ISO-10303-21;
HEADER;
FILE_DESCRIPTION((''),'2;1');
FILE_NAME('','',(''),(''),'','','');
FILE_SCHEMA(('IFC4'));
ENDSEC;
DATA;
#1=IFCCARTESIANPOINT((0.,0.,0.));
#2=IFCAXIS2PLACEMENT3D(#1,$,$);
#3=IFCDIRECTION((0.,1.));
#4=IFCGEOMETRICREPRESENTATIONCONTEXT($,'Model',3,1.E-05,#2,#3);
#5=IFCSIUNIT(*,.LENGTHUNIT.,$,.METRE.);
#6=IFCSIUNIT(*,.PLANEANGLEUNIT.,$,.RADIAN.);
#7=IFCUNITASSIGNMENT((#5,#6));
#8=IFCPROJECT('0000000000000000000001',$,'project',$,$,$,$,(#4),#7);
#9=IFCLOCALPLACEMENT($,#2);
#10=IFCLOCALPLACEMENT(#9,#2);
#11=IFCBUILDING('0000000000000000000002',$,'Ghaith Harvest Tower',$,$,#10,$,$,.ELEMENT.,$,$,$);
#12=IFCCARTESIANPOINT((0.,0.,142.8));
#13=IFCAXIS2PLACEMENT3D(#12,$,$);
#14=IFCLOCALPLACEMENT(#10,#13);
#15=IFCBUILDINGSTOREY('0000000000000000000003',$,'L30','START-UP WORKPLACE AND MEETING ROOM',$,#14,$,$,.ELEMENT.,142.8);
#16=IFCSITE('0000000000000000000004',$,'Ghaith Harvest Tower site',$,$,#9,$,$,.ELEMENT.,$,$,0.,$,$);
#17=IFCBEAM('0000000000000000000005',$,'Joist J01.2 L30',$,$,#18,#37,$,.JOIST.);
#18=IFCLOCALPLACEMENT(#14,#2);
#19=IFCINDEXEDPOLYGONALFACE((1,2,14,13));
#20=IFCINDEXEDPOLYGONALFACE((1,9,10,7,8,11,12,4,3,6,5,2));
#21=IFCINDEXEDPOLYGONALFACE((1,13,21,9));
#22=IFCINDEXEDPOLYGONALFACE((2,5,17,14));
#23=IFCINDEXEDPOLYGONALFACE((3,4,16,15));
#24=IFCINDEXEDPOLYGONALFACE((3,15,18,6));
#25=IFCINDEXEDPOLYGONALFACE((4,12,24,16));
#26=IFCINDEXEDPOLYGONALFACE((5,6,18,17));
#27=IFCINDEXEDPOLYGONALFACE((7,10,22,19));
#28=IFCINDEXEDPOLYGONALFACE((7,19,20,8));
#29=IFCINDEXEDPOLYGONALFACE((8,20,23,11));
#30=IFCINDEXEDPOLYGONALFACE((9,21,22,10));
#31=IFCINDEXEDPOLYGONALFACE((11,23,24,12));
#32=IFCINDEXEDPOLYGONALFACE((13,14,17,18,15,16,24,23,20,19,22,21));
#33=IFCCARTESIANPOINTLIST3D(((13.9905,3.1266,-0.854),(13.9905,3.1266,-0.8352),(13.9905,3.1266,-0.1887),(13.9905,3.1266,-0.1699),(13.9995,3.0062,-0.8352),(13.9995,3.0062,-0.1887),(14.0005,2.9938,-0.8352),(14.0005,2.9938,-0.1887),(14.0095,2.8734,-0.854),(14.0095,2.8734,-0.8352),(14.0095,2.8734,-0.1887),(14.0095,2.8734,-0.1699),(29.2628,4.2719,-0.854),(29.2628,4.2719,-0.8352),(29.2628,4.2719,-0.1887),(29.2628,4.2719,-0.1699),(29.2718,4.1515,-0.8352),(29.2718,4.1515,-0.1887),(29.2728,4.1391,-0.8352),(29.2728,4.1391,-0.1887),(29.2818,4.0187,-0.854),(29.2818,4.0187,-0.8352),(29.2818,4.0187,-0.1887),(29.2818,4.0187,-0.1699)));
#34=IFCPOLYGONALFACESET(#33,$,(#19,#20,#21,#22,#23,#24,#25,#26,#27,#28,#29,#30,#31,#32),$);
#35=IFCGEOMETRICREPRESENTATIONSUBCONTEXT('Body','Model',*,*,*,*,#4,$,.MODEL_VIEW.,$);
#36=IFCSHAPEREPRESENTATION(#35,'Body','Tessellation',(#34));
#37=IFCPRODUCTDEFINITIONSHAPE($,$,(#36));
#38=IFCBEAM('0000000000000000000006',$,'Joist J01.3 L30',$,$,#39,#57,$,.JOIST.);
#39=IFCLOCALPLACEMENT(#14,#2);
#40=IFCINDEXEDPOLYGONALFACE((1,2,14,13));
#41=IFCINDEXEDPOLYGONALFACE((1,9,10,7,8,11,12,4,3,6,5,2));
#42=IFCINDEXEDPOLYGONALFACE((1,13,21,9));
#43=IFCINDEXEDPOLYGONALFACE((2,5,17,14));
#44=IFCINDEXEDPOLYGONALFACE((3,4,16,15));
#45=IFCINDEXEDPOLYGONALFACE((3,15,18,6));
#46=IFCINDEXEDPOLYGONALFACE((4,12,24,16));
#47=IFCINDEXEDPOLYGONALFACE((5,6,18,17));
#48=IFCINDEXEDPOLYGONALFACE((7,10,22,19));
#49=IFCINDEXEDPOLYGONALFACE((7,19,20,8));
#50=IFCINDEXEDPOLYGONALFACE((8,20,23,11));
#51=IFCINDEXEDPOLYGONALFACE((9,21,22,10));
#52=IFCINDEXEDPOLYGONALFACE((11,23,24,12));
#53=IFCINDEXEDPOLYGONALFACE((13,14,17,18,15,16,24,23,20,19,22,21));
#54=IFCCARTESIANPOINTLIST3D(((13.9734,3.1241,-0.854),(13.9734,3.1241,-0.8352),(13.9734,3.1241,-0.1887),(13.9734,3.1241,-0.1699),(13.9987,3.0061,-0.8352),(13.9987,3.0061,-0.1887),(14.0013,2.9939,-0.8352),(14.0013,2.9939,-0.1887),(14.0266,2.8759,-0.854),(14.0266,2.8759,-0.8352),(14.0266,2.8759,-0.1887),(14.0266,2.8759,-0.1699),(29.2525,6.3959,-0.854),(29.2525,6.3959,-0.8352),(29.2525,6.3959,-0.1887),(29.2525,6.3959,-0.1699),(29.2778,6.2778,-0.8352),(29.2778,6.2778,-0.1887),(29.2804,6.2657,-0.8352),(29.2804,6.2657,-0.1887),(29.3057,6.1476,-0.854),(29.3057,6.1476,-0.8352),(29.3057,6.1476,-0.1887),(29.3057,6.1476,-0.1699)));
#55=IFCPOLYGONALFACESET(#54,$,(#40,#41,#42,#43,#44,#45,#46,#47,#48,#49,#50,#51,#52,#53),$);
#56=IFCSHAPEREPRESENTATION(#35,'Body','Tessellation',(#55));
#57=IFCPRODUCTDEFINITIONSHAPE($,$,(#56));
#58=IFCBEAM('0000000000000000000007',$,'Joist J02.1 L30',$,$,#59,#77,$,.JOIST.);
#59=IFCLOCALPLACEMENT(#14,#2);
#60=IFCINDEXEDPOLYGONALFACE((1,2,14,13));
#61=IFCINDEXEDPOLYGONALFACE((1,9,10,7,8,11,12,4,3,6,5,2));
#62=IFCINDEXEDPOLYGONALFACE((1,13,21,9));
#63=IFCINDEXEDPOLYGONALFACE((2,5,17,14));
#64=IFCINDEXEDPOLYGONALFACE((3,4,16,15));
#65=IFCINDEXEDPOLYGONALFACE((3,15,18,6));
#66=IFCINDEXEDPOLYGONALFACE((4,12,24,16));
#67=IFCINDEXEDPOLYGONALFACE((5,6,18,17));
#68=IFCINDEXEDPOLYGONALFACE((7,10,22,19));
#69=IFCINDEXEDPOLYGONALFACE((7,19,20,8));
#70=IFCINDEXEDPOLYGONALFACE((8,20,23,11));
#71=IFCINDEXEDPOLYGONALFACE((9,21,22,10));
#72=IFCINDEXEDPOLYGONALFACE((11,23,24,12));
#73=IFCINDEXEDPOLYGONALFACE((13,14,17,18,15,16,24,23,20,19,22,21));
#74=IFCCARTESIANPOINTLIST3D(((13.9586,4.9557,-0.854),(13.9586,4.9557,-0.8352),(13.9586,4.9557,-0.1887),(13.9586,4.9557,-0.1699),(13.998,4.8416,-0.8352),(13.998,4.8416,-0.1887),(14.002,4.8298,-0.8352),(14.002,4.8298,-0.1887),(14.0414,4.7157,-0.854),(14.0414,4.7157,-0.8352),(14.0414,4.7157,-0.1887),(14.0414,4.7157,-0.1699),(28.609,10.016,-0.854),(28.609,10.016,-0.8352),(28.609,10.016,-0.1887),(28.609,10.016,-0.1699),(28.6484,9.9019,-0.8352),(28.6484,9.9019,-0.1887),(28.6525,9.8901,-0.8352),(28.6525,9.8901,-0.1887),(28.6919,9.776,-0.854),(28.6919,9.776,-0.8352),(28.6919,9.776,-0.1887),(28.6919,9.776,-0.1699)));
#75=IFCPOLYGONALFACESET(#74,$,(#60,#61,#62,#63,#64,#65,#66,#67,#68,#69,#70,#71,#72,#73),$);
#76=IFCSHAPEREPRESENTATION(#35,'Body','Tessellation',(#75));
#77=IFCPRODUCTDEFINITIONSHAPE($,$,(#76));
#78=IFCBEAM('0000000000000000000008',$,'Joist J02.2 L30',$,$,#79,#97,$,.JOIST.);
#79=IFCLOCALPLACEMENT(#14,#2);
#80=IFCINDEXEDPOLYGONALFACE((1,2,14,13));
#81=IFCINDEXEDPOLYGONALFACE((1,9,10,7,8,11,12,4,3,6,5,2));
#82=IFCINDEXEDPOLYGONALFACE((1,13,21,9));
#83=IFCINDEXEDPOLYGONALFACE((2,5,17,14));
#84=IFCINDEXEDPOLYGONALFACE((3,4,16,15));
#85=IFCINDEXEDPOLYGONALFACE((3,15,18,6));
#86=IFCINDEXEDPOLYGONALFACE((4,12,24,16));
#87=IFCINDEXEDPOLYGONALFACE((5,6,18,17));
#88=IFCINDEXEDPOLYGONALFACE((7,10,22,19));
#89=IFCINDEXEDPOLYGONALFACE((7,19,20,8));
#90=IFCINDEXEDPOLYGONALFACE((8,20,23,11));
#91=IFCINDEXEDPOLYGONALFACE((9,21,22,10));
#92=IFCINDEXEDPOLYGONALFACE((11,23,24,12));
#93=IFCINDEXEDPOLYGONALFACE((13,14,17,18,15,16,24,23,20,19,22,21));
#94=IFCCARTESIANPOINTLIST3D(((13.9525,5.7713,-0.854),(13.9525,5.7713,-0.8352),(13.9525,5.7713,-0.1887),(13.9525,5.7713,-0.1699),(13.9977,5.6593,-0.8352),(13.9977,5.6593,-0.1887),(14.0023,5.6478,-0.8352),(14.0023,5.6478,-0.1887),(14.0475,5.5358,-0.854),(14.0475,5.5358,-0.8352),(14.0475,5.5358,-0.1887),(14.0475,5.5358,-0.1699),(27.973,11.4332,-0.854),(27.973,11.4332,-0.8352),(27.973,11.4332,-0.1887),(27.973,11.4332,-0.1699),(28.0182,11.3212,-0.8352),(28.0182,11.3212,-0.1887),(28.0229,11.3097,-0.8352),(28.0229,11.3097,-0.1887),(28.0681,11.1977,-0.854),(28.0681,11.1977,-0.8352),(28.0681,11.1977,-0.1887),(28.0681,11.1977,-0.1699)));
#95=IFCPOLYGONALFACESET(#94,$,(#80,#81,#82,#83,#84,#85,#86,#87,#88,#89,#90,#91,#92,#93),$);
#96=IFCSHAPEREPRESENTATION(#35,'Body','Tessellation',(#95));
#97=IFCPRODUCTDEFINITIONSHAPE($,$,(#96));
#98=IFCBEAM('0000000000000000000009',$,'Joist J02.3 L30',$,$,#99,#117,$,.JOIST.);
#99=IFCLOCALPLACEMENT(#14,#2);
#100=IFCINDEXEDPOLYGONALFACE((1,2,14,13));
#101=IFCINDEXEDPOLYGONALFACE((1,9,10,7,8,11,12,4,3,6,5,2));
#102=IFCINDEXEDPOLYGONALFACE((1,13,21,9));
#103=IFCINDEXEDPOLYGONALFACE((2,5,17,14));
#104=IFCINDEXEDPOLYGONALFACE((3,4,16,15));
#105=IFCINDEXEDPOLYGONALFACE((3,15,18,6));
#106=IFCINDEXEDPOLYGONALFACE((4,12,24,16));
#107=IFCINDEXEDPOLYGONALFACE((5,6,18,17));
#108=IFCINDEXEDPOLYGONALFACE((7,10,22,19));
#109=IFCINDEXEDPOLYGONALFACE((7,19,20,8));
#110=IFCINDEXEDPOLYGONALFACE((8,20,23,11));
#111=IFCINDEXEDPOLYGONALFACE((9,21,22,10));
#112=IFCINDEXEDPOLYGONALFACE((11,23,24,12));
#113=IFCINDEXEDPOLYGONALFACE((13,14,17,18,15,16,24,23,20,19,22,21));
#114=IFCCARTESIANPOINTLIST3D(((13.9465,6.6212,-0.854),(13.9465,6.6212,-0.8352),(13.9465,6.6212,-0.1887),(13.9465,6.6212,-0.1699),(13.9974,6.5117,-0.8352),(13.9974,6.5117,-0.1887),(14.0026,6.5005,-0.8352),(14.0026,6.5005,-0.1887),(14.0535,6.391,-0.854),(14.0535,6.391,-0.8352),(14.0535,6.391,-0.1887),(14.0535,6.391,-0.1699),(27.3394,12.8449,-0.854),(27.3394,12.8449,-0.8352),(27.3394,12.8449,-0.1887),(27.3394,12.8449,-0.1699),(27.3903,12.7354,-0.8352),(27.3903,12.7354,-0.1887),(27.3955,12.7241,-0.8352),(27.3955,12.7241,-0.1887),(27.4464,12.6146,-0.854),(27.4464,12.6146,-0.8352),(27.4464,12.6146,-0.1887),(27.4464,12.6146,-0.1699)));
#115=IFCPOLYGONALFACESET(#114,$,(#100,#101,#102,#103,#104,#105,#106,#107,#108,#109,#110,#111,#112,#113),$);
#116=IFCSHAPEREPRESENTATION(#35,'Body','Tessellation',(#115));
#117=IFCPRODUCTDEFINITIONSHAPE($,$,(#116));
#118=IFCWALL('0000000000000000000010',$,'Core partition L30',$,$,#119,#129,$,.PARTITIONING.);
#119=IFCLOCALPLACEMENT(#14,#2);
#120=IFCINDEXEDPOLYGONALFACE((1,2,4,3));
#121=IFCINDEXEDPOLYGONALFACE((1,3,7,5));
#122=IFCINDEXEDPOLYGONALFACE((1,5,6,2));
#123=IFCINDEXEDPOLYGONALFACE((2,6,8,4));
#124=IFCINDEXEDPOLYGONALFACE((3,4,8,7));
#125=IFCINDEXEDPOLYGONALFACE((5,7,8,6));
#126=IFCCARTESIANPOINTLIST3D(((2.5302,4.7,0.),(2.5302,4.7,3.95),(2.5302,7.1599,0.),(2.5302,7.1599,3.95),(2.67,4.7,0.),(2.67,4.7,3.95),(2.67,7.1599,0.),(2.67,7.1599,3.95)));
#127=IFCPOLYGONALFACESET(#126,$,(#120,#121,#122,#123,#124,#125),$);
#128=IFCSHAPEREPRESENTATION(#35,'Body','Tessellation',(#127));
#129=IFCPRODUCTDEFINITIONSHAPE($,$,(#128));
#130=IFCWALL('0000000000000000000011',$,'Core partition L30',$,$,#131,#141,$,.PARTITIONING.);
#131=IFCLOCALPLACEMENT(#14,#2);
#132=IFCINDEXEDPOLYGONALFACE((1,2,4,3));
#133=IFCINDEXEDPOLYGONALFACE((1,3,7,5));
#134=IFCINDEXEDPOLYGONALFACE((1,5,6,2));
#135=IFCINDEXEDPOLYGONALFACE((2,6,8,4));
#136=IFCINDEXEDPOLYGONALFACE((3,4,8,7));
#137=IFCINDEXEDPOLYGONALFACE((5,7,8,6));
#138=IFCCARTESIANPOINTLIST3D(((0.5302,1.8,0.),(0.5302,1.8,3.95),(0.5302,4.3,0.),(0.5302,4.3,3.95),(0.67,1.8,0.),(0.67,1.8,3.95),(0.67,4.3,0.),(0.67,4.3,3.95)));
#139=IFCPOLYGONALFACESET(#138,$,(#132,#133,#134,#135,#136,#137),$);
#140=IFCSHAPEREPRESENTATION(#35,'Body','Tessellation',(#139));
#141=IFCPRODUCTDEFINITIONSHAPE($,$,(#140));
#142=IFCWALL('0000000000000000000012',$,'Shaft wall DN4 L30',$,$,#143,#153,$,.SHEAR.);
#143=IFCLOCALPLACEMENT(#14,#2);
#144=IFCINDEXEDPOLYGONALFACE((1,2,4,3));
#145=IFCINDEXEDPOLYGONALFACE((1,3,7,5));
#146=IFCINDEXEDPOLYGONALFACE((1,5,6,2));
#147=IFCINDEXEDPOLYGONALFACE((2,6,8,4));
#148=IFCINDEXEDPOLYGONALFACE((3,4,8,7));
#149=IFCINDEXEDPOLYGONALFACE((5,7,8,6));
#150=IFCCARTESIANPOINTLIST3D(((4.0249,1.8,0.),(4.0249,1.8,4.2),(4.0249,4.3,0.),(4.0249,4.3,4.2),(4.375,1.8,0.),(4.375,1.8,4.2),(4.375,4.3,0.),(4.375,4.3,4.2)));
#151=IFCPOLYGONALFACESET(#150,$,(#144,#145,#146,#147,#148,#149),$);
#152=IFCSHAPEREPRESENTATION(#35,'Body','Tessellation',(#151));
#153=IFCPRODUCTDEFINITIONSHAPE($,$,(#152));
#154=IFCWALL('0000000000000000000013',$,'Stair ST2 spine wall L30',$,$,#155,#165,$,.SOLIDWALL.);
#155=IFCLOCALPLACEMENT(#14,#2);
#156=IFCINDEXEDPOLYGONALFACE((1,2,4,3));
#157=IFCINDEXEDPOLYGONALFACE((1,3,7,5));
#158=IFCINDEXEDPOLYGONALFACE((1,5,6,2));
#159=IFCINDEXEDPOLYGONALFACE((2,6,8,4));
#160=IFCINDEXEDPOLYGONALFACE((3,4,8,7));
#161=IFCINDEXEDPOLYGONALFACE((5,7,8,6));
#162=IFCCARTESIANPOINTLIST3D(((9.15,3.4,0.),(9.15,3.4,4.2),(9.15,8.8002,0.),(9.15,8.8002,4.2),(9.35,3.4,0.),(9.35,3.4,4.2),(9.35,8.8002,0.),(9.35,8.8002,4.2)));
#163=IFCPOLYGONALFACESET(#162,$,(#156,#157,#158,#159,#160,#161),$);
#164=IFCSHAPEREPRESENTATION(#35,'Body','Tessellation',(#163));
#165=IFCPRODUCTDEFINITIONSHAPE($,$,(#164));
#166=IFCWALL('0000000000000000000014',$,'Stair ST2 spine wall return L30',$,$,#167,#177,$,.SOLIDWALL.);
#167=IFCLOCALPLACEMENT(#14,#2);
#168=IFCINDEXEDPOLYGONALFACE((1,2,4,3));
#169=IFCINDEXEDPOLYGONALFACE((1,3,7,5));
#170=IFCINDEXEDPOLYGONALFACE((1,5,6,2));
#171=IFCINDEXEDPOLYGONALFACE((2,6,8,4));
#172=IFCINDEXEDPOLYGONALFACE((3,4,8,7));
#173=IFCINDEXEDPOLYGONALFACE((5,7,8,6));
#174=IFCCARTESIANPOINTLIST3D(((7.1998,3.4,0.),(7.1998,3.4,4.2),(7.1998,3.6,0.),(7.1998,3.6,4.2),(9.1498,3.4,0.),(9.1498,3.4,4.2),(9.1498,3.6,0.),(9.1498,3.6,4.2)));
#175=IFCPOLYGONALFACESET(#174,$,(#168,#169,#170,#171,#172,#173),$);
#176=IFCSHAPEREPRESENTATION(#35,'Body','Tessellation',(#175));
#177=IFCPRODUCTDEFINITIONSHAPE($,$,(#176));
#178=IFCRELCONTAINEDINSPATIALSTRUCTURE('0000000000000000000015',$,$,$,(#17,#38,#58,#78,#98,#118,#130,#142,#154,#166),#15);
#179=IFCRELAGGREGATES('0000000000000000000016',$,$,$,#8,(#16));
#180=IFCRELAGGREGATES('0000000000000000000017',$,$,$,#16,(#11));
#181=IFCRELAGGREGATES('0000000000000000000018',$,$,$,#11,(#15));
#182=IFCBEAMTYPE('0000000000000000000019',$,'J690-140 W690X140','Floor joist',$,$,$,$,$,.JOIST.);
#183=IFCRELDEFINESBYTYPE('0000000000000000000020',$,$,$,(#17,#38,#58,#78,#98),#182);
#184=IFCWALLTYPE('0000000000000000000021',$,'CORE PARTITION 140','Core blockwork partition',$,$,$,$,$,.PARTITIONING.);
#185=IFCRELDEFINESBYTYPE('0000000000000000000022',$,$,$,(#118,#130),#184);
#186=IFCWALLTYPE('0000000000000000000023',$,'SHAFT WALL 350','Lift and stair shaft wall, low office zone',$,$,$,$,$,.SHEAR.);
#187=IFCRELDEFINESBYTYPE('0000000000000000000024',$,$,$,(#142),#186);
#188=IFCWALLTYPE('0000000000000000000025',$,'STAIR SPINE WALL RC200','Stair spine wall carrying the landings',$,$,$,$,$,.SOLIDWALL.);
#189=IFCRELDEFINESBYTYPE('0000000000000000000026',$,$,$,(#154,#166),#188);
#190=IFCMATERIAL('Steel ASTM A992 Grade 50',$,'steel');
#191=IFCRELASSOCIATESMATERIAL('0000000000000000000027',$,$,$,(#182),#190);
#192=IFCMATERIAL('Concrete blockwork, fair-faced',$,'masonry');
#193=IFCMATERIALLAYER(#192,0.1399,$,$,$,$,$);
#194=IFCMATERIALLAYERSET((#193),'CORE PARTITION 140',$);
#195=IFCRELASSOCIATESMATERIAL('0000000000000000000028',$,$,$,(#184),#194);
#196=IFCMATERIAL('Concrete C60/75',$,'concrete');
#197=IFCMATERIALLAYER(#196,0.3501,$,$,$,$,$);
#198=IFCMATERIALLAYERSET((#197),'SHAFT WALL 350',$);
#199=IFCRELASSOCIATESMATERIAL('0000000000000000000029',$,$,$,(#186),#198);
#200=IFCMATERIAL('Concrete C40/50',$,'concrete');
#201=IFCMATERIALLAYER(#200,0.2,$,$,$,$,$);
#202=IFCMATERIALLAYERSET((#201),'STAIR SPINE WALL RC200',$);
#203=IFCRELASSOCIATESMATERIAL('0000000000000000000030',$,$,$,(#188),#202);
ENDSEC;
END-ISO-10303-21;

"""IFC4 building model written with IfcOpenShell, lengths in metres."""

from ifc_helpers import new_model, si_unit, direction, frame, frame_2d, origin, origin_2d, place, context, subcontext, project, spatial, rectangle, i_section, extrude, material, layer, layer_set, material_profile, profile_set, type_object, element, save


model = new_model("IFC4")

# Units and contexts
model_context = context("Model", 3, precision=1e-05, world=origin(), true_north=direction((0.0, 1.0)))
body_context = subcontext(model_context, "Body", "Model", "MODEL_VIEW")
ifc_project = project(units=[si_unit("LENGTHUNIT", "METRE"), si_unit("PLANEANGLEUNIT", "RADIAN")], contexts=[model_context])

# Site, building, storey
site_placement = place(None, origin())
site = spatial("IfcSite", under=ifc_project, at=site_placement, Name="Ghaith Harvest Tower site", CompositionType="ELEMENT", RefElevation=0.0)
building_placement = place(site_placement, origin())
building = spatial("IfcBuilding", under=site, at=building_placement, Name="Ghaith Harvest Tower", CompositionType="ELEMENT")
storey_placement = place(building_placement, frame((0.0, 0.0, 142.8)))
storey = spatial("IfcBuildingStorey", under=building, at=storey_placement, Name="L30", Description="START-UP WORKPLACE AND MEETING ROOM", CompositionType="ELEMENT", Elevation=142.8)

# Beams
ifc_material_1 = material(Name="Steel ASTM A992 Grade 50", Category="steel")
ifc_material_profile_1 = material_profile(ifc_material_1, i_section(OverallWidth=0.2539, OverallDepth=0.6841, WebThickness=0.0125, FlangeThickness=0.0188, at=origin_2d()), Name="W690X140")
ifc_profile_set_1 = profile_set([ifc_material_profile_1], Name="Steel ASTM A992 Grade 50")
beam_type_1 = type_object("IfcBeamType", Name="J690-140 W690X140", Description="Floor joist", PredefinedType="JOIST", material=ifc_profile_set_1)
beam_1_placement = place(storey_placement, frame((14.0, 3.0, -0.512), z_axis=(0.9972, 0.07478, 0.0), x_axis=(-0.07478, 0.9972, 0.0)))
element("IfcBeam", 1, at=beam_1_placement, inside=storey, type_object=beam_type_1, Name="Joist J01.2 L30", PredefinedType="JOIST", context=body_context, shape_type="SweptSolid", body=[
    extrude(i_section(OverallWidth=0.2539, OverallDepth=0.6841, WebThickness=0.0125, FlangeThickness=0.0188, at=origin_2d()), origin(), (0.0, 0.0, 1.0), 15.3152),
])
beam_2_placement = place(storey_placement, frame((14.0, 3.0, -0.512), z_axis=(0.977833, 0.209385, 0.0), x_axis=(-0.209385, 0.977833, 0.0)))
element("IfcBeam", 2, at=beam_2_placement, inside=storey, type_object=beam_type_1, Name="Joist J01.3 L30", PredefinedType="JOIST", context=body_context, shape_type="SweptSolid", body=[
    extrude(i_section(OverallWidth=0.2539, OverallDepth=0.6841, WebThickness=0.0125, FlangeThickness=0.0188, at=origin_2d()), origin(), (0.0, 0.0, 1.0), 15.6255),
])
beam_3_placement = place(storey_placement, frame((14.0, 4.8357, -0.512), z_axis=(0.945205, 0.326478, 0.0), x_axis=(-0.326478, 0.945205, 0.0)))
element("IfcBeam", 3, at=beam_3_placement, inside=storey, type_object=beam_type_1, Name="Joist J02.1 L30", PredefinedType="JOIST", context=body_context, shape_type="SweptSolid", body=[
    extrude(i_section(OverallWidth=0.2539, OverallDepth=0.6841, WebThickness=0.0125, FlangeThickness=0.0188, at=origin_2d()), origin(), (0.0, 0.0, 1.0), 15.4998),
])
beam_4_placement = place(storey_placement, frame((14.0, 5.6536, -0.512), z_axis=(0.927248, 0.374448, 0.0), x_axis=(-0.374448, 0.927248, 0.0)))
element("IfcBeam", 4, at=beam_4_placement, inside=storey, type_object=beam_type_1, Name="Joist J02.2 L30", PredefinedType="JOIST", context=body_context, shape_type="SweptSolid", body=[
    extrude(i_section(OverallWidth=0.2539, OverallDepth=0.6841, WebThickness=0.0125, FlangeThickness=0.0188, at=origin_2d()), origin(), (0.0, 0.0, 1.0), 15.1206),
])
beam_5_placement = place(storey_placement, frame((14.0, 6.5061, -0.512), z_axis=(0.906866, 0.42142, 0.0), x_axis=(-0.42142, 0.906866, 0.0)))
element("IfcBeam", 5, at=beam_5_placement, inside=storey, type_object=beam_type_1, Name="Joist J02.3 L30", PredefinedType="JOIST", context=body_context, shape_type="SweptSolid", body=[
    extrude(i_section(OverallWidth=0.2539, OverallDepth=0.6841, WebThickness=0.0125, FlangeThickness=0.0188, at=origin_2d()), origin(), (0.0, 0.0, 1.0), 14.7683),
])

# Walls
ifc_material_2 = material(Name="Concrete blockwork, fair-faced", Category="masonry")
ifc_layer_1 = layer(ifc_material_2, 0.1399)
ifc_layer_set_1 = layer_set([ifc_layer_1], Name="CORE PARTITION 140")
wall_type_1 = type_object("IfcWallType", Name="CORE PARTITION 140", Description="Core blockwork partition", PredefinedType="PARTITIONING", material=ifc_layer_set_1)
wall_1_placement = place(storey_placement, frame((2.6001, 4.7, 0.0), z_axis=(0.0, 0.0, 1.0), x_axis=(0.0, 1.0, 0.0)))
element("IfcWall", 6, at=wall_1_placement, inside=storey, type_object=wall_type_1, Name="Core partition L30", PredefinedType="PARTITIONING", context=body_context, shape_type="SweptSolid", body=[
    extrude(rectangle(XDim=2.46, YDim=0.1399, at=frame_2d((1.23, 0.0))), origin(), (0.0, 0.0, 1.0), 3.95),
])
wall_2_placement = place(storey_placement, frame((0.6001, 1.8, 0.0), z_axis=(0.0, 0.0, 1.0), x_axis=(0.0, 1.0, 0.0)))
element("IfcWall", 7, at=wall_2_placement, inside=storey, type_object=wall_type_1, Name="Core partition L30", PredefinedType="PARTITIONING", context=body_context, shape_type="SweptSolid", body=[
    extrude(rectangle(XDim=2.5, YDim=0.1399, at=frame_2d((1.25, 0.0))), origin(), (0.0, 0.0, 1.0), 3.95),
])

# Shared definitions
ifc_material_3 = material(Name="Concrete C60/75", Category="concrete")
ifc_layer_2 = layer(ifc_material_3, 0.3501)
ifc_layer_set_2 = layer_set([ifc_layer_2], Name="SHAFT WALL 350")
wall_type_2 = type_object("IfcWallType", Name="SHAFT WALL 350", Description="Lift and stair shaft wall, low office zone", PredefinedType="SHEAR", material=ifc_layer_set_2)

# Walls
wall_3_placement = place(storey_placement, frame((4.2, 1.8, 0.0), z_axis=(0.0, 0.0, 1.0), x_axis=(0.0, 1.0, 0.0)))
element("IfcWall", 8, at=wall_3_placement, inside=storey, type_object=wall_type_2, Name="Shaft wall DN4 L30", PredefinedType="SHEAR", context=body_context, shape_type="SweptSolid", body=[
    extrude(rectangle(XDim=2.5, YDim=0.3501, at=frame_2d((1.25, 0.0))), origin(), (0.0, 0.0, 1.0), 4.2),
])
ifc_material_4 = material(Name="Concrete C40/50", Category="concrete")
ifc_layer_3 = layer(ifc_material_4, 0.2)
ifc_layer_set_3 = layer_set([ifc_layer_3], Name="STAIR SPINE WALL RC200")
wall_type_3 = type_object("IfcWallType", Name="STAIR SPINE WALL RC200", Description="Stair spine wall carrying the landings", PredefinedType="SOLIDWALL", material=ifc_layer_set_3)
wall_4_placement = place(storey_placement, frame((9.25, 3.3999, 0.0), z_axis=(0.0, 0.0, 1.0), x_axis=(0.0, 1.0, 0.0)))
element("IfcWall", 9, at=wall_4_placement, inside=storey, type_object=wall_type_3, Name="Stair ST2 spine wall L30", PredefinedType="SOLIDWALL", context=body_context, shape_type="SweptSolid", body=[
    extrude(rectangle(XDim=5.4001, YDim=0.2, at=frame_2d((2.7002, 0.0))), origin(), (0.0, 0.0, 1.0), 4.2),
])
wall_5_placement = place(storey_placement, frame((9.1499, 3.5, 0.0), z_axis=(0.0, 0.0, 1.0), x_axis=(-1.0, 0.0, 0.0)))
element("IfcWall", 10, at=wall_5_placement, inside=storey, type_object=wall_type_3, Name="Stair ST2 spine wall return L30", PredefinedType="SOLIDWALL", context=body_context, shape_type="SweptSolid", body=[
    extrude(rectangle(XDim=1.95, YDim=0.2, at=frame_2d((0.9751, 0.0))), origin(), (0.0, 0.0, 1.0), 4.2),
])

save(model, "model.ifc")
